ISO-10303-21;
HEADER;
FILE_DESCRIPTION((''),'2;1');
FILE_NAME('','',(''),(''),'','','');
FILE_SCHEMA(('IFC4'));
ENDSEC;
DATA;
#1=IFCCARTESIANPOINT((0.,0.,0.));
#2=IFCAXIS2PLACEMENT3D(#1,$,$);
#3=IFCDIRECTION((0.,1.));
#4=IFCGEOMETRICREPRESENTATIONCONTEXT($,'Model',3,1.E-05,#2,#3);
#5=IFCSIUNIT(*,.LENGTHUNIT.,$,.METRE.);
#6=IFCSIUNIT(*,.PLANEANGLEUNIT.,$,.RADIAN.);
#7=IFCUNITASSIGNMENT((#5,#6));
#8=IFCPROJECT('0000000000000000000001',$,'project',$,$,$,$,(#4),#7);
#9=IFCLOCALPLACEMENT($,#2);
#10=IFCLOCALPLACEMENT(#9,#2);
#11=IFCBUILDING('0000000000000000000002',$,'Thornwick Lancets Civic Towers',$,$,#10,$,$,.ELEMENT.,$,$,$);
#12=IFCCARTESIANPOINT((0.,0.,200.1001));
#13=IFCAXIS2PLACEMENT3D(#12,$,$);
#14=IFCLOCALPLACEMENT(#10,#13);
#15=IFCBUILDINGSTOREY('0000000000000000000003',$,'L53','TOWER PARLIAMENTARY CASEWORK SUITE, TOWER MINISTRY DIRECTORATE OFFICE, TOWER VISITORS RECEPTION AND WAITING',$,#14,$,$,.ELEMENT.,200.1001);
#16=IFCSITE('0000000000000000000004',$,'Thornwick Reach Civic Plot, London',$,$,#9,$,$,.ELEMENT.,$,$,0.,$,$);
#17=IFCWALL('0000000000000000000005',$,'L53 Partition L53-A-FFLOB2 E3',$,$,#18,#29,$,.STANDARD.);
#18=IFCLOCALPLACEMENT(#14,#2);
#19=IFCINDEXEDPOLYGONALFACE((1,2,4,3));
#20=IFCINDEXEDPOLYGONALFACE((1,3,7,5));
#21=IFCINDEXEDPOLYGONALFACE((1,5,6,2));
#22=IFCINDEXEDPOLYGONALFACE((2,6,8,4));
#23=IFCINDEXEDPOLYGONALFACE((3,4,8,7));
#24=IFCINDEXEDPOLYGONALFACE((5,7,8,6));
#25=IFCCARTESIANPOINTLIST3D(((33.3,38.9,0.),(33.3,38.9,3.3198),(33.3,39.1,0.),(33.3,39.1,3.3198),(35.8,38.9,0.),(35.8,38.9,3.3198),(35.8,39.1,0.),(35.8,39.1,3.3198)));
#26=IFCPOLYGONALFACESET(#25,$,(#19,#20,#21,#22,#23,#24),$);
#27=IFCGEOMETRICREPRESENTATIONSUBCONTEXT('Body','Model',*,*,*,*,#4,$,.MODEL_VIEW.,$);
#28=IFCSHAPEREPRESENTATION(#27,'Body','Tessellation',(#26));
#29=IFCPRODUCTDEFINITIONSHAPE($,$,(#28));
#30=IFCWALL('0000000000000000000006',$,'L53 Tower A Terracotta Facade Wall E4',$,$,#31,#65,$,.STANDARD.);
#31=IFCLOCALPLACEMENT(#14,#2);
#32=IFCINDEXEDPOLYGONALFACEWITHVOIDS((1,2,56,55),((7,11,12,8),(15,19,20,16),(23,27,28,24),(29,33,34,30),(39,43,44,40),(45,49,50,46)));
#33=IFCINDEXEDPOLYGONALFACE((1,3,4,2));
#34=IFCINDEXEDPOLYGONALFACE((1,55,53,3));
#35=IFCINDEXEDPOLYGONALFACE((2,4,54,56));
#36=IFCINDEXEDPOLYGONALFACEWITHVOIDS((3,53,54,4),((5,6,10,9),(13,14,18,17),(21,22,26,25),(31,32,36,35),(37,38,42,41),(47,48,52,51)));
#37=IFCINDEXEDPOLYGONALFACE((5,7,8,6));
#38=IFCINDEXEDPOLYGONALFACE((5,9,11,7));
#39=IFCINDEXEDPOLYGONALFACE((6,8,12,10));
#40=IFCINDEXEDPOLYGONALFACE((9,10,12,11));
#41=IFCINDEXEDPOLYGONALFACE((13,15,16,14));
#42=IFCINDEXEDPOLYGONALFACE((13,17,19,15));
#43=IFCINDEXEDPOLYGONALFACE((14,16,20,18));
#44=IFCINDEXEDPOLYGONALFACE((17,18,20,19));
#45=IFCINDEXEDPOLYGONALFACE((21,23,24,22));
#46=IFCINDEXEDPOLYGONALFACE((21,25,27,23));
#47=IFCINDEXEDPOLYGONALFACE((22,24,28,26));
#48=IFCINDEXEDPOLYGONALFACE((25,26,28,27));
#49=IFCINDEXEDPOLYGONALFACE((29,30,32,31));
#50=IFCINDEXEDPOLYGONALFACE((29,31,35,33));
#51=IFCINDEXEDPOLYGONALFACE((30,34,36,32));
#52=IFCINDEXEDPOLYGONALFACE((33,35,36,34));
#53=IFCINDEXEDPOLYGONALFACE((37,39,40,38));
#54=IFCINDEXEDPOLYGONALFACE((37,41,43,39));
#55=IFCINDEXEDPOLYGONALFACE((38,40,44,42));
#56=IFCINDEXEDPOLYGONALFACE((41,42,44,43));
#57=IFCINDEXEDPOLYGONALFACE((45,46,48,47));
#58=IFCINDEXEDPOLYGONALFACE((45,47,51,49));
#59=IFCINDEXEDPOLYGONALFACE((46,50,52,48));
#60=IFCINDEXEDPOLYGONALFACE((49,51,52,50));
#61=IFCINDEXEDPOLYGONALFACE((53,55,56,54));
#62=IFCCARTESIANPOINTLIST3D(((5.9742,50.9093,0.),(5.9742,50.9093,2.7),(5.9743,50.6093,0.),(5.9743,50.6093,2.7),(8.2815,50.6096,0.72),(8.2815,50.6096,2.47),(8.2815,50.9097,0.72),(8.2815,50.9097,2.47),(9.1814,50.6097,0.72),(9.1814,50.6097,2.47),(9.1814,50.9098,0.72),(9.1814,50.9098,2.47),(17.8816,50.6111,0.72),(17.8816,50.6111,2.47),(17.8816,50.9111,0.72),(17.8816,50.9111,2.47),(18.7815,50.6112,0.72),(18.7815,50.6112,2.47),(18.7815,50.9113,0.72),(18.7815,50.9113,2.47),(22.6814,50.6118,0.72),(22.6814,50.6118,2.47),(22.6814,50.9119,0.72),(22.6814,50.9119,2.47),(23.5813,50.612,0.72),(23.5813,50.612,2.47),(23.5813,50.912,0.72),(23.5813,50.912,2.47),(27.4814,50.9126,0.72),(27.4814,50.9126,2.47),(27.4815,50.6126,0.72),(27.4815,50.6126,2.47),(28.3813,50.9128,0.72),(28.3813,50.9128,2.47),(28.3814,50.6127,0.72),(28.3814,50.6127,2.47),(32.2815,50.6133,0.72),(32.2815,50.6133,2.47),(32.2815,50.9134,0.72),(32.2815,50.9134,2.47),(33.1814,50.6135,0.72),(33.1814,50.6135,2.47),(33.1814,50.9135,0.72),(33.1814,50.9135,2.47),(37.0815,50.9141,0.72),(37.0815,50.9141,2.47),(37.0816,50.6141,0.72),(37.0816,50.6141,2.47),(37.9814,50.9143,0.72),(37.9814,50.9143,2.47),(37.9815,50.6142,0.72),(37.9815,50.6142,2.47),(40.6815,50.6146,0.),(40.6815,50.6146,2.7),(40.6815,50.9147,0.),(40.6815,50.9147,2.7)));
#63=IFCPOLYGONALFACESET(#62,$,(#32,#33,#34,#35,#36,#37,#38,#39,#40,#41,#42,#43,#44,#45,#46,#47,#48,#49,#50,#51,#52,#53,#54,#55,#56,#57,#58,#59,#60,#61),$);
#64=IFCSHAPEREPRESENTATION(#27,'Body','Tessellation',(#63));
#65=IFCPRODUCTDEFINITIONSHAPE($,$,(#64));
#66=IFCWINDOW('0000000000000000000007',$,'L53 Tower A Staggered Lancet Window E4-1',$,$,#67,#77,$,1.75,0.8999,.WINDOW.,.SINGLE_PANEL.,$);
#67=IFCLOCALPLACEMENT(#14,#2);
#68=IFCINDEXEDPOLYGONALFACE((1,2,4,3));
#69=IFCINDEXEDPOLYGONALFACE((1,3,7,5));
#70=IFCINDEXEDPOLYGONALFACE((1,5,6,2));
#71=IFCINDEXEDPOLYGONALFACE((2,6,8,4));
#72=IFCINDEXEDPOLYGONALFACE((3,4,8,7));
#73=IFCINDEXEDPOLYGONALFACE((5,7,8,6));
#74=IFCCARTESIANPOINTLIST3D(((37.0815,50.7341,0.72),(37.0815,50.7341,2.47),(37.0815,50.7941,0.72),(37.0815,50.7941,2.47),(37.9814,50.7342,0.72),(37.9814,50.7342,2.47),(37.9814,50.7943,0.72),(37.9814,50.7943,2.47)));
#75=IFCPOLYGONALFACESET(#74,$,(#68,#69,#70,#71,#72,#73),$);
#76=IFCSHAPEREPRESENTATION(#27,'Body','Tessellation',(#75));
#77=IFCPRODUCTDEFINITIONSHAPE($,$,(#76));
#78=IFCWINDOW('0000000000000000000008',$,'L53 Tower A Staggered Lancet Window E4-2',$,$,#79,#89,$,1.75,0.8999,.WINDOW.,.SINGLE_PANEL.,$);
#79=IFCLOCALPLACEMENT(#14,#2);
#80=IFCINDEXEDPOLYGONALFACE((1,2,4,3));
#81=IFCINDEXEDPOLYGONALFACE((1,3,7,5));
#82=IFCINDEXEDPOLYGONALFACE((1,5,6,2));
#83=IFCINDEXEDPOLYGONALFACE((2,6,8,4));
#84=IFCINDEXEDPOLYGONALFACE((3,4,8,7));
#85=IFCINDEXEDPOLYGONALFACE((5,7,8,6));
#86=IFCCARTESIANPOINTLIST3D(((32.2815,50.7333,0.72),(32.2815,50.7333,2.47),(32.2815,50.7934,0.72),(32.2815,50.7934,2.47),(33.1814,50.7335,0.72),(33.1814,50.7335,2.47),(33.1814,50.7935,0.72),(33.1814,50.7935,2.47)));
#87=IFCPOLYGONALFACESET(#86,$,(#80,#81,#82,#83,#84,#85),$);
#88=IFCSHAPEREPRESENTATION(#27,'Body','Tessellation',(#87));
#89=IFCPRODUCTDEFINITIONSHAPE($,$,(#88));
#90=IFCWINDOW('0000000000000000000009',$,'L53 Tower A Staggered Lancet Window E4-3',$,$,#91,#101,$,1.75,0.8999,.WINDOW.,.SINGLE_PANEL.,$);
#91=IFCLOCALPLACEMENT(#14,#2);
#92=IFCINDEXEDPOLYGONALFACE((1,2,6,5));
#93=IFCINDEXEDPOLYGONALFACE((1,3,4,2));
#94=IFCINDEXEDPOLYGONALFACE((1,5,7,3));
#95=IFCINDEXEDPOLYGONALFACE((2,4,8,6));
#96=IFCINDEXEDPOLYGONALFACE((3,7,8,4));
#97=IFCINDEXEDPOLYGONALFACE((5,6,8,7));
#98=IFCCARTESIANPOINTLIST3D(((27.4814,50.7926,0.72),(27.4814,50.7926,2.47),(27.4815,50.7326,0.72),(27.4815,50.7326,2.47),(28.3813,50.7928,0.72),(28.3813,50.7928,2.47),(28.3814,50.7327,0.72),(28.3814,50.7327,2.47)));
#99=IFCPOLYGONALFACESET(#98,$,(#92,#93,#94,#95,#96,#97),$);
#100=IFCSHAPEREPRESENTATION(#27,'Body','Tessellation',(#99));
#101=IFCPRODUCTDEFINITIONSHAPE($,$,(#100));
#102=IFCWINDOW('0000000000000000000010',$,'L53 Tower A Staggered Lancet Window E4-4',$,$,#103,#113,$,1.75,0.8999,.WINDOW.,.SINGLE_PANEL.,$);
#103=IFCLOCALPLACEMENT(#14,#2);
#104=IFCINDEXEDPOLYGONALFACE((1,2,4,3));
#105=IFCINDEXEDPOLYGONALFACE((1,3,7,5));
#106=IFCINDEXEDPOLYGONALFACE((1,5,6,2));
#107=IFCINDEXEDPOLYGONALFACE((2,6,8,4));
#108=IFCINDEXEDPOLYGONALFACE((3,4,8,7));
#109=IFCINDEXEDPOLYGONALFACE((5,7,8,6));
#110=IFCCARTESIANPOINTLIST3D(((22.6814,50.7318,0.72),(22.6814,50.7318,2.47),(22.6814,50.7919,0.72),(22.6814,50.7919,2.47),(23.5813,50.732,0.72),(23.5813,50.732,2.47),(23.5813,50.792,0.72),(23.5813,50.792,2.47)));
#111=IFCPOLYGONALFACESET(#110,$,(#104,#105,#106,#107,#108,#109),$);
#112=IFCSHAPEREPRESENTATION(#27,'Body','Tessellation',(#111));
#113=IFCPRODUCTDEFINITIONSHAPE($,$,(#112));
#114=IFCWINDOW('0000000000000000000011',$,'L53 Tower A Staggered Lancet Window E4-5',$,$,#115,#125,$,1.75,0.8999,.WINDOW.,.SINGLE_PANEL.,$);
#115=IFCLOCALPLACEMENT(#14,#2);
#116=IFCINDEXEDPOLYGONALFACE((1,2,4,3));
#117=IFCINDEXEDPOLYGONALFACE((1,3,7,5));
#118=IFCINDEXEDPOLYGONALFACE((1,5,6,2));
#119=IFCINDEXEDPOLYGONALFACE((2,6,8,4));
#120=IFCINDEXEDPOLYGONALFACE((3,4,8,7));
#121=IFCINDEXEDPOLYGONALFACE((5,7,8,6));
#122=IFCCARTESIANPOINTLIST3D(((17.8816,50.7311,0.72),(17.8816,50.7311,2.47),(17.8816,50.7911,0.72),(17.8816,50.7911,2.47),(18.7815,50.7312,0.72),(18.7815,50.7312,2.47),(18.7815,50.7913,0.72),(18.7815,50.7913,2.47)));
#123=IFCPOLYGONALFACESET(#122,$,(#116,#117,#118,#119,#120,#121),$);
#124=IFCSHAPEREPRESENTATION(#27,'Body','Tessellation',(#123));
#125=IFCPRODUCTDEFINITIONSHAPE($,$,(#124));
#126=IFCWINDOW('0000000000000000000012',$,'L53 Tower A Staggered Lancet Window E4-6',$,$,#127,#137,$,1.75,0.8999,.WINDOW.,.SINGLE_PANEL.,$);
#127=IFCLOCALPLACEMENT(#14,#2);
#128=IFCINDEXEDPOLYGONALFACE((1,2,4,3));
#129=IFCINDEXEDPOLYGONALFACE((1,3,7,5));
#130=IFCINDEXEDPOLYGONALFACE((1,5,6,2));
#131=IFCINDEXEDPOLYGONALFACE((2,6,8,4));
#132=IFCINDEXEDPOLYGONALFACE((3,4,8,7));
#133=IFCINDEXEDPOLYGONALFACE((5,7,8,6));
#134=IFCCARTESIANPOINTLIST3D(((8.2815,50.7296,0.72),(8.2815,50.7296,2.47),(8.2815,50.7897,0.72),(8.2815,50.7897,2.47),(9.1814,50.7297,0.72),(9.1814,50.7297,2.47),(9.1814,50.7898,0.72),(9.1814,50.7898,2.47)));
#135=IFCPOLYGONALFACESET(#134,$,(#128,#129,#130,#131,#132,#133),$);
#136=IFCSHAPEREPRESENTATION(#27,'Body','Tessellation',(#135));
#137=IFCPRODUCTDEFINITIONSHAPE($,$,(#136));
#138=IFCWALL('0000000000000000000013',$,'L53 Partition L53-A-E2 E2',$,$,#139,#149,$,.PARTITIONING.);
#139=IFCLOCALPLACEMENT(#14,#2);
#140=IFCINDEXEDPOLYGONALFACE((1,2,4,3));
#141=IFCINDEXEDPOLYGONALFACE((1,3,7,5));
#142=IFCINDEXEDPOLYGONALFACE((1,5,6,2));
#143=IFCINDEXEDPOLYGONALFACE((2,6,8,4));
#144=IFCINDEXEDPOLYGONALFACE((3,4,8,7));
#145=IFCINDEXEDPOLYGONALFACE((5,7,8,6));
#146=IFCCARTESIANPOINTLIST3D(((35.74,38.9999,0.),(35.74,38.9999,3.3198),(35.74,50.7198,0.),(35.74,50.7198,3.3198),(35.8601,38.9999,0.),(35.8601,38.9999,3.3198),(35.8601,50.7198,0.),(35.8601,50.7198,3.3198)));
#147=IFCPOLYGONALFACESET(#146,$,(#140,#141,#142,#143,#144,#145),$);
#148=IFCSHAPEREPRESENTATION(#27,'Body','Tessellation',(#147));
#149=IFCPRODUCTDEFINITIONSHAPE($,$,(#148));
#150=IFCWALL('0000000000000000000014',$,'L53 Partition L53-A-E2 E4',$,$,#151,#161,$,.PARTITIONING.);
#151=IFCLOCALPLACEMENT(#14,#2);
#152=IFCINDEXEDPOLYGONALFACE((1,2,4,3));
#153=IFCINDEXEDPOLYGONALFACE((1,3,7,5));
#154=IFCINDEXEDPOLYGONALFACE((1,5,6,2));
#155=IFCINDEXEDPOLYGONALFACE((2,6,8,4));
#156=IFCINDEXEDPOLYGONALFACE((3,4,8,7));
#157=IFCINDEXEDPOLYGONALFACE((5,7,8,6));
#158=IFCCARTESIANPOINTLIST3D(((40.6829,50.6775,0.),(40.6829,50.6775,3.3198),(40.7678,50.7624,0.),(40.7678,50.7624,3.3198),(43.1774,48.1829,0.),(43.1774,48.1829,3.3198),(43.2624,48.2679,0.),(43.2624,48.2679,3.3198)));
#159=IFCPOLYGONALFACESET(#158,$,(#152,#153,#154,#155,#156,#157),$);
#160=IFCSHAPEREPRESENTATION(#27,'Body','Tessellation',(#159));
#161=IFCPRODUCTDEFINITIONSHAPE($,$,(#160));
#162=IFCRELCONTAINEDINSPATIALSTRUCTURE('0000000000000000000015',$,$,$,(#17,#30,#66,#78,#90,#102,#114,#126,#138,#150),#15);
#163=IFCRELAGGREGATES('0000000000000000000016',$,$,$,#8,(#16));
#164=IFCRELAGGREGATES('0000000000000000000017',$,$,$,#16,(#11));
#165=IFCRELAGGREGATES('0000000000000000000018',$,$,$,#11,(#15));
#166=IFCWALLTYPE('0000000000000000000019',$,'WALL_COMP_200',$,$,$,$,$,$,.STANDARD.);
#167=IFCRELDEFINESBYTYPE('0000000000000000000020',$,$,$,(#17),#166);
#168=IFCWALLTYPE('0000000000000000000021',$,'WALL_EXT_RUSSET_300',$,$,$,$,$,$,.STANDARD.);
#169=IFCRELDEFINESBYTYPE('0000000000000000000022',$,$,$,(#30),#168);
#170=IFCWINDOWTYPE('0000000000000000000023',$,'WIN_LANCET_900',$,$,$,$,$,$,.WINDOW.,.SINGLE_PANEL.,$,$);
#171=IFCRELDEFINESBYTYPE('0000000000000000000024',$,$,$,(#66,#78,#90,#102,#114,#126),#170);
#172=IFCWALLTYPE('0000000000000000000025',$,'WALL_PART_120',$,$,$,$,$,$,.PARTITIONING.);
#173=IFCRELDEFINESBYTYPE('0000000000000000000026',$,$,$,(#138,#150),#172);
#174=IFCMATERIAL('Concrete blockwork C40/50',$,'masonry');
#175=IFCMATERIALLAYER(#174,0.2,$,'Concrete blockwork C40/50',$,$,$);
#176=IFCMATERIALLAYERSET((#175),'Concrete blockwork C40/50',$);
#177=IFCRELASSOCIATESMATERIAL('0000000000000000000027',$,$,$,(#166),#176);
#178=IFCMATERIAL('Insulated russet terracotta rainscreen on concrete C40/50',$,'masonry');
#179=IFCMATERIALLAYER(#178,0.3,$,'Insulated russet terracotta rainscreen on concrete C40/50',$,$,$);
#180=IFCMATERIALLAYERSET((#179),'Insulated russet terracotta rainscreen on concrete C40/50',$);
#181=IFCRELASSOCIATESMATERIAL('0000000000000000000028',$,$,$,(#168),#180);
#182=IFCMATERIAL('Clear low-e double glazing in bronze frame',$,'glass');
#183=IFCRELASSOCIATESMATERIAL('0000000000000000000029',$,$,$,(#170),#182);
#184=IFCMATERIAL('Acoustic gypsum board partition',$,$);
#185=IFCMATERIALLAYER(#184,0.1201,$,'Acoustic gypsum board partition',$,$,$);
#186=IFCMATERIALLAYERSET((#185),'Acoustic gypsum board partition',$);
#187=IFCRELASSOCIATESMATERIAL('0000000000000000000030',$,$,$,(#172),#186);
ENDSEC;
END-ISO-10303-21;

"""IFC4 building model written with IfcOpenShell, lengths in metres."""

from ifc_helpers import new_model, si_unit, direction, frame, frame_2d, origin, place, context, subcontext, project, spatial, rectangle, extrude, material, layer, layer_set, type_object, element, fill, save


model = new_model("IFC4")

# Units and contexts
model_context = context("Model", 3, precision=1e-05, world=origin(), true_north=direction((0.0, 1.0)))
body_context = subcontext(model_context, "Body", "Model", "MODEL_VIEW")
ifc_project = project(units=[si_unit("LENGTHUNIT", "METRE"), si_unit("PLANEANGLEUNIT", "RADIAN")], contexts=[model_context])

# Site, building, storey
site_placement = place(None, origin())
site = spatial("IfcSite", under=ifc_project, at=site_placement, Name="Thornwick Reach Civic Plot, London", CompositionType="ELEMENT", RefElevation=0.0)
building_placement = place(site_placement, origin())
building = spatial("IfcBuilding", under=site, at=building_placement, Name="Thornwick Lancets Civic Towers", CompositionType="ELEMENT")
storey_placement = place(building_placement, frame((0.0, 0.0, 200.1001)))
storey = spatial("IfcBuildingStorey", under=building, at=storey_placement, Name="L53", Description="TOWER PARLIAMENTARY CASEWORK SUITE, TOWER MINISTRY DIRECTORATE OFFICE, TOWER VISITORS RECEPTION AND WAITING", CompositionType="ELEMENT", Elevation=200.1001)

# Wall
ifc_material_1 = material(Name="Concrete blockwork C40/50", Category="masonry")
ifc_layer_1 = layer(ifc_material_1, 0.2, Name="Concrete blockwork C40/50")
ifc_layer_set_1 = layer_set([ifc_layer_1], Name="Concrete blockwork C40/50")
wall_type_1 = type_object("IfcWallType", Name="WALL_COMP_200", PredefinedType="STANDARD", material=ifc_layer_set_1)
wall_1_placement = place(storey_placement, frame((35.8, 39.0, 0.0), z_axis=(0.0, 0.0, 1.0), x_axis=(-1.0, 0.0, 0.0)))
element("IfcWall", 1, at=wall_1_placement, inside=storey, type_object=wall_type_1, Name="L53 Partition L53-A-FFLOB2 E3", PredefinedType="STANDARD", context=body_context, shape_type="SweptSolid", body=[
    extrude(rectangle(XDim=2.5, YDim=0.2, at=frame_2d((1.25, 0.0))), origin(), (0.0, 0.0, 1.0), 3.3198),
])

# Wall, openings, windows
ifc_material_2 = material(Name="Insulated russet terracotta rainscreen on concrete C40/50", Category="masonry")
ifc_layer_2 = layer(ifc_material_2, 0.3, Name="Insulated russet terracotta rainscreen on concrete C40/50")
ifc_layer_set_2 = layer_set([ifc_layer_2], Name="Insulated russet terracotta rainscreen on concrete C40/50")
wall_type_2 = type_object("IfcWallType", Name="WALL_EXT_RUSSET_300", PredefinedType="STANDARD", material=ifc_layer_set_2)
wall_2_placement = place(storey_placement, frame((40.6814, 50.7646, 0.0), z_axis=(0.0, 0.0, 1.0), x_axis=(-1.0, -0.000155, 0.0)))
wall_2 = element("IfcWall", 2, at=wall_2_placement, inside=storey, type_object=wall_type_2, Name="L53 Tower A Terracotta Facade Wall E4", PredefinedType="STANDARD", context=body_context, shape_type="SweptSolid", body=[
    extrude(rectangle(XDim=34.7073, YDim=0.3, at=frame_2d((17.3535, 0.0))), origin(), (0.0, 0.0, 1.0), 2.7),
])
opening_1_placement = place(wall_2_placement, frame((2.7, 0.0, 0.72)))
opening_1 = element("IfcOpeningElement", 3, at=opening_1_placement, cuts=wall_2, PredefinedType="OPENING", context=body_context, shape_type="SweptSolid", body=[
    extrude(rectangle(XDim=0.8999, YDim=1.75, at=frame_2d((0.45, 0.875))), frame((0.0, 0.1602, 0.0), z_axis=(0.0, -1.0, 0.0), x_axis=(1.0, 0.0, 0.0)), (0.0, 0.0, 1.0), 0.3201),
])
opening_2_placement = place(wall_2_placement, frame((7.5, 0.0, 0.72)))
opening_2 = element("IfcOpeningElement", 4, at=opening_2_placement, cuts=wall_2, PredefinedType="OPENING", context=body_context, shape_type="SweptSolid", body=[
    extrude(rectangle(XDim=0.8999, YDim=1.75, at=frame_2d((0.45, 0.875))), frame((0.0, 0.1602, 0.0), z_axis=(0.0, -1.0, 0.0), x_axis=(1.0, 0.0, 0.0)), (0.0, 0.0, 1.0), 0.3201),
])
opening_3_placement = place(wall_2_placement, frame((12.3, 0.0, 0.72)))
opening_3 = element("IfcOpeningElement", 5, at=opening_3_placement, cuts=wall_2, PredefinedType="OPENING", context=body_context, shape_type="SweptSolid", body=[
    extrude(rectangle(XDim=0.8999, YDim=1.75, at=frame_2d((0.45, 0.875))), frame((0.0, 0.1602, 0.0), z_axis=(0.0, -1.0, 0.0), x_axis=(1.0, 0.0, 0.0)), (0.0, 0.0, 1.0), 0.3201),
])
opening_4_placement = place(wall_2_placement, frame((17.1001, 0.0, 0.72)))
opening_4 = element("IfcOpeningElement", 6, at=opening_4_placement, cuts=wall_2, PredefinedType="OPENING", context=body_context, shape_type="SweptSolid", body=[
    extrude(rectangle(XDim=0.8999, YDim=1.75, at=frame_2d((0.45, 0.875))), frame((0.0, 0.1602, 0.0), z_axis=(0.0, -1.0, 0.0), x_axis=(1.0, 0.0, 0.0)), (0.0, 0.0, 1.0), 0.3201),
])
opening_5_placement = place(wall_2_placement, frame((21.8999, 0.0, 0.72)))
opening_5 = element("IfcOpeningElement", 7, at=opening_5_placement, cuts=wall_2, PredefinedType="OPENING", context=body_context, shape_type="SweptSolid", body=[
    extrude(rectangle(XDim=0.8999, YDim=1.75, at=frame_2d((0.45, 0.875))), frame((0.0, 0.1602, 0.0), z_axis=(0.0, -1.0, 0.0), x_axis=(1.0, 0.0, 0.0)), (0.0, 0.0, 1.0), 0.3201),
])
opening_6_placement = place(wall_2_placement, frame((31.5, 0.0, 0.72)))
opening_6 = element("IfcOpeningElement", 8, at=opening_6_placement, cuts=wall_2, PredefinedType="OPENING", context=body_context, shape_type="SweptSolid", body=[
    extrude(rectangle(XDim=0.8999, YDim=1.75, at=frame_2d((0.45, 0.875))), frame((0.0, 0.1602, 0.0), z_axis=(0.0, -1.0, 0.0), x_axis=(1.0, 0.0, 0.0)), (0.0, 0.0, 1.0), 0.3201),
])
ifc_material_3 = material(Name="Clear low-e double glazing in bronze frame", Category="glass")
window_type = type_object("IfcWindowType", Name="WIN_LANCET_900", PartitioningType="SINGLE_PANEL", PredefinedType="WINDOW", material=ifc_material_3)
window_1_placement = place(opening_1_placement, origin())
window_1 = element("IfcWindow", 9, at=window_1_placement, inside=storey, type_object=window_type, Name="L53 Tower A Staggered Lancet Window E4-1", OverallHeight=1.75, OverallWidth=0.8999, PartitioningType="SINGLE_PANEL", PredefinedType="WINDOW", context=body_context, shape_type="SweptSolid", body=[
    extrude(rectangle(XDim=0.8999, YDim=1.75, at=frame_2d((0.45, 0.875))), frame((0.0, 0.03, 0.0), z_axis=(0.0, -1.0, 0.0), x_axis=(1.0, 0.0, 0.0)), (0.0, 0.0, 1.0), 0.0601),
])
fill(opening_1, window_1)
window_2_placement = place(opening_2_placement, origin())
window_2 = element("IfcWindow", 10, at=window_2_placement, inside=storey, type_object=window_type, Name="L53 Tower A Staggered Lancet Window E4-2", OverallHeight=1.75, OverallWidth=0.8999, PartitioningType="SINGLE_PANEL", PredefinedType="WINDOW", context=body_context, shape_type="SweptSolid", body=[
    extrude(rectangle(XDim=0.8999, YDim=1.75, at=frame_2d((0.45, 0.875))), frame((0.0, 0.03, 0.0), z_axis=(0.0, -1.0, 0.0), x_axis=(1.0, 0.0, 0.0)), (0.0, 0.0, 1.0), 0.0601),
])
fill(opening_2, window_2)
window_3_placement = place(opening_3_placement, origin())
window_3 = element("IfcWindow", 11, at=window_3_placement, inside=storey, type_object=window_type, Name="L53 Tower A Staggered Lancet Window E4-3", OverallHeight=1.75, OverallWidth=0.8999, PartitioningType="SINGLE_PANEL", PredefinedType="WINDOW", context=body_context, shape_type="SweptSolid", body=[
    extrude(rectangle(XDim=0.8999, YDim=1.75, at=frame_2d((0.45, 0.875))), frame((0.0, 0.03, 0.0), z_axis=(0.0, -1.0, 0.0), x_axis=(1.0, 0.0, 0.0)), (0.0, 0.0, 1.0), 0.0601),
])
fill(opening_3, window_3)
window_4_placement = place(opening_4_placement, origin())
window_4 = element("IfcWindow", 12, at=window_4_placement, inside=storey, type_object=window_type, Name="L53 Tower A Staggered Lancet Window E4-4", OverallHeight=1.75, OverallWidth=0.8999, PartitioningType="SINGLE_PANEL", PredefinedType="WINDOW", context=body_context, shape_type="SweptSolid", body=[
    extrude(rectangle(XDim=0.8999, YDim=1.75, at=frame_2d((0.45, 0.875))), frame((0.0, 0.03, 0.0), z_axis=(0.0, -1.0, 0.0), x_axis=(1.0, 0.0, 0.0)), (0.0, 0.0, 1.0), 0.0601),
])
fill(opening_4, window_4)
window_5_placement = place(opening_5_placement, origin())
window_5 = element("IfcWindow", 13, at=window_5_placement, inside=storey, type_object=window_type, Name="L53 Tower A Staggered Lancet Window E4-5", OverallHeight=1.75, OverallWidth=0.8999, PartitioningType="SINGLE_PANEL", PredefinedType="WINDOW", context=body_context, shape_type="SweptSolid", body=[
    extrude(rectangle(XDim=0.8999, YDim=1.75, at=frame_2d((0.45, 0.875))), frame((0.0, 0.03, 0.0), z_axis=(0.0, -1.0, 0.0), x_axis=(1.0, 0.0, 0.0)), (0.0, 0.0, 1.0), 0.0601),
])
fill(opening_5, window_5)
window_6_placement = place(opening_6_placement, origin())
window_6 = element("IfcWindow", 14, at=window_6_placement, inside=storey, type_object=window_type, Name="L53 Tower A Staggered Lancet Window E4-6", OverallHeight=1.75, OverallWidth=0.8999, PartitioningType="SINGLE_PANEL", PredefinedType="WINDOW", context=body_context, shape_type="SweptSolid", body=[
    extrude(rectangle(XDim=0.8999, YDim=1.75, at=frame_2d((0.45, 0.875))), frame((0.0, 0.03, 0.0), z_axis=(0.0, -1.0, 0.0), x_axis=(1.0, 0.0, 0.0)), (0.0, 0.0, 1.0), 0.0601),
])
fill(opening_6, window_6)

# Walls
ifc_material_4 = material(Name="Acoustic gypsum board partition")
ifc_layer_3 = layer(ifc_material_4, 0.1201, Name="Acoustic gypsum board partition")
ifc_layer_set_3 = layer_set([ifc_layer_3], Name="Acoustic gypsum board partition")
wall_type_3 = type_object("IfcWallType", Name="WALL_PART_120", PredefinedType="PARTITIONING", material=ifc_layer_set_3)
wall_3_placement = place(storey_placement, frame((35.8, 39.0, 0.0), z_axis=(0.0, 0.0, 1.0), x_axis=(0.0, 1.0, 0.0)))
element("IfcWall", 15, at=wall_3_placement, inside=storey, type_object=wall_type_3, Name="L53 Partition L53-A-E2 E2", PredefinedType="PARTITIONING", context=body_context, shape_type="SweptSolid", body=[
    extrude(rectangle(XDim=11.72, YDim=0.1201, at=frame_2d((5.8599, 0.0))), origin(), (0.0, 0.0, 1.0), 3.3198),
])
wall_4_placement = place(storey_placement, frame((40.7253, 50.72, 0.0), z_axis=(0.0, 0.0, 1.0), x_axis=(0.707107, -0.707107, 0.0)))
element("IfcWall", 16, at=wall_4_placement, inside=storey, type_object=wall_type_3, Name="L53 Partition L53-A-E2 E4", PredefinedType="PARTITIONING", context=body_context, shape_type="SweptSolid", body=[
    extrude(rectangle(XDim=3.5278, YDim=0.1201, at=frame_2d((1.7639, 0.0))), origin(), (0.0, 0.0, 1.0), 3.3198),
])

save(model, "model.ifc")
